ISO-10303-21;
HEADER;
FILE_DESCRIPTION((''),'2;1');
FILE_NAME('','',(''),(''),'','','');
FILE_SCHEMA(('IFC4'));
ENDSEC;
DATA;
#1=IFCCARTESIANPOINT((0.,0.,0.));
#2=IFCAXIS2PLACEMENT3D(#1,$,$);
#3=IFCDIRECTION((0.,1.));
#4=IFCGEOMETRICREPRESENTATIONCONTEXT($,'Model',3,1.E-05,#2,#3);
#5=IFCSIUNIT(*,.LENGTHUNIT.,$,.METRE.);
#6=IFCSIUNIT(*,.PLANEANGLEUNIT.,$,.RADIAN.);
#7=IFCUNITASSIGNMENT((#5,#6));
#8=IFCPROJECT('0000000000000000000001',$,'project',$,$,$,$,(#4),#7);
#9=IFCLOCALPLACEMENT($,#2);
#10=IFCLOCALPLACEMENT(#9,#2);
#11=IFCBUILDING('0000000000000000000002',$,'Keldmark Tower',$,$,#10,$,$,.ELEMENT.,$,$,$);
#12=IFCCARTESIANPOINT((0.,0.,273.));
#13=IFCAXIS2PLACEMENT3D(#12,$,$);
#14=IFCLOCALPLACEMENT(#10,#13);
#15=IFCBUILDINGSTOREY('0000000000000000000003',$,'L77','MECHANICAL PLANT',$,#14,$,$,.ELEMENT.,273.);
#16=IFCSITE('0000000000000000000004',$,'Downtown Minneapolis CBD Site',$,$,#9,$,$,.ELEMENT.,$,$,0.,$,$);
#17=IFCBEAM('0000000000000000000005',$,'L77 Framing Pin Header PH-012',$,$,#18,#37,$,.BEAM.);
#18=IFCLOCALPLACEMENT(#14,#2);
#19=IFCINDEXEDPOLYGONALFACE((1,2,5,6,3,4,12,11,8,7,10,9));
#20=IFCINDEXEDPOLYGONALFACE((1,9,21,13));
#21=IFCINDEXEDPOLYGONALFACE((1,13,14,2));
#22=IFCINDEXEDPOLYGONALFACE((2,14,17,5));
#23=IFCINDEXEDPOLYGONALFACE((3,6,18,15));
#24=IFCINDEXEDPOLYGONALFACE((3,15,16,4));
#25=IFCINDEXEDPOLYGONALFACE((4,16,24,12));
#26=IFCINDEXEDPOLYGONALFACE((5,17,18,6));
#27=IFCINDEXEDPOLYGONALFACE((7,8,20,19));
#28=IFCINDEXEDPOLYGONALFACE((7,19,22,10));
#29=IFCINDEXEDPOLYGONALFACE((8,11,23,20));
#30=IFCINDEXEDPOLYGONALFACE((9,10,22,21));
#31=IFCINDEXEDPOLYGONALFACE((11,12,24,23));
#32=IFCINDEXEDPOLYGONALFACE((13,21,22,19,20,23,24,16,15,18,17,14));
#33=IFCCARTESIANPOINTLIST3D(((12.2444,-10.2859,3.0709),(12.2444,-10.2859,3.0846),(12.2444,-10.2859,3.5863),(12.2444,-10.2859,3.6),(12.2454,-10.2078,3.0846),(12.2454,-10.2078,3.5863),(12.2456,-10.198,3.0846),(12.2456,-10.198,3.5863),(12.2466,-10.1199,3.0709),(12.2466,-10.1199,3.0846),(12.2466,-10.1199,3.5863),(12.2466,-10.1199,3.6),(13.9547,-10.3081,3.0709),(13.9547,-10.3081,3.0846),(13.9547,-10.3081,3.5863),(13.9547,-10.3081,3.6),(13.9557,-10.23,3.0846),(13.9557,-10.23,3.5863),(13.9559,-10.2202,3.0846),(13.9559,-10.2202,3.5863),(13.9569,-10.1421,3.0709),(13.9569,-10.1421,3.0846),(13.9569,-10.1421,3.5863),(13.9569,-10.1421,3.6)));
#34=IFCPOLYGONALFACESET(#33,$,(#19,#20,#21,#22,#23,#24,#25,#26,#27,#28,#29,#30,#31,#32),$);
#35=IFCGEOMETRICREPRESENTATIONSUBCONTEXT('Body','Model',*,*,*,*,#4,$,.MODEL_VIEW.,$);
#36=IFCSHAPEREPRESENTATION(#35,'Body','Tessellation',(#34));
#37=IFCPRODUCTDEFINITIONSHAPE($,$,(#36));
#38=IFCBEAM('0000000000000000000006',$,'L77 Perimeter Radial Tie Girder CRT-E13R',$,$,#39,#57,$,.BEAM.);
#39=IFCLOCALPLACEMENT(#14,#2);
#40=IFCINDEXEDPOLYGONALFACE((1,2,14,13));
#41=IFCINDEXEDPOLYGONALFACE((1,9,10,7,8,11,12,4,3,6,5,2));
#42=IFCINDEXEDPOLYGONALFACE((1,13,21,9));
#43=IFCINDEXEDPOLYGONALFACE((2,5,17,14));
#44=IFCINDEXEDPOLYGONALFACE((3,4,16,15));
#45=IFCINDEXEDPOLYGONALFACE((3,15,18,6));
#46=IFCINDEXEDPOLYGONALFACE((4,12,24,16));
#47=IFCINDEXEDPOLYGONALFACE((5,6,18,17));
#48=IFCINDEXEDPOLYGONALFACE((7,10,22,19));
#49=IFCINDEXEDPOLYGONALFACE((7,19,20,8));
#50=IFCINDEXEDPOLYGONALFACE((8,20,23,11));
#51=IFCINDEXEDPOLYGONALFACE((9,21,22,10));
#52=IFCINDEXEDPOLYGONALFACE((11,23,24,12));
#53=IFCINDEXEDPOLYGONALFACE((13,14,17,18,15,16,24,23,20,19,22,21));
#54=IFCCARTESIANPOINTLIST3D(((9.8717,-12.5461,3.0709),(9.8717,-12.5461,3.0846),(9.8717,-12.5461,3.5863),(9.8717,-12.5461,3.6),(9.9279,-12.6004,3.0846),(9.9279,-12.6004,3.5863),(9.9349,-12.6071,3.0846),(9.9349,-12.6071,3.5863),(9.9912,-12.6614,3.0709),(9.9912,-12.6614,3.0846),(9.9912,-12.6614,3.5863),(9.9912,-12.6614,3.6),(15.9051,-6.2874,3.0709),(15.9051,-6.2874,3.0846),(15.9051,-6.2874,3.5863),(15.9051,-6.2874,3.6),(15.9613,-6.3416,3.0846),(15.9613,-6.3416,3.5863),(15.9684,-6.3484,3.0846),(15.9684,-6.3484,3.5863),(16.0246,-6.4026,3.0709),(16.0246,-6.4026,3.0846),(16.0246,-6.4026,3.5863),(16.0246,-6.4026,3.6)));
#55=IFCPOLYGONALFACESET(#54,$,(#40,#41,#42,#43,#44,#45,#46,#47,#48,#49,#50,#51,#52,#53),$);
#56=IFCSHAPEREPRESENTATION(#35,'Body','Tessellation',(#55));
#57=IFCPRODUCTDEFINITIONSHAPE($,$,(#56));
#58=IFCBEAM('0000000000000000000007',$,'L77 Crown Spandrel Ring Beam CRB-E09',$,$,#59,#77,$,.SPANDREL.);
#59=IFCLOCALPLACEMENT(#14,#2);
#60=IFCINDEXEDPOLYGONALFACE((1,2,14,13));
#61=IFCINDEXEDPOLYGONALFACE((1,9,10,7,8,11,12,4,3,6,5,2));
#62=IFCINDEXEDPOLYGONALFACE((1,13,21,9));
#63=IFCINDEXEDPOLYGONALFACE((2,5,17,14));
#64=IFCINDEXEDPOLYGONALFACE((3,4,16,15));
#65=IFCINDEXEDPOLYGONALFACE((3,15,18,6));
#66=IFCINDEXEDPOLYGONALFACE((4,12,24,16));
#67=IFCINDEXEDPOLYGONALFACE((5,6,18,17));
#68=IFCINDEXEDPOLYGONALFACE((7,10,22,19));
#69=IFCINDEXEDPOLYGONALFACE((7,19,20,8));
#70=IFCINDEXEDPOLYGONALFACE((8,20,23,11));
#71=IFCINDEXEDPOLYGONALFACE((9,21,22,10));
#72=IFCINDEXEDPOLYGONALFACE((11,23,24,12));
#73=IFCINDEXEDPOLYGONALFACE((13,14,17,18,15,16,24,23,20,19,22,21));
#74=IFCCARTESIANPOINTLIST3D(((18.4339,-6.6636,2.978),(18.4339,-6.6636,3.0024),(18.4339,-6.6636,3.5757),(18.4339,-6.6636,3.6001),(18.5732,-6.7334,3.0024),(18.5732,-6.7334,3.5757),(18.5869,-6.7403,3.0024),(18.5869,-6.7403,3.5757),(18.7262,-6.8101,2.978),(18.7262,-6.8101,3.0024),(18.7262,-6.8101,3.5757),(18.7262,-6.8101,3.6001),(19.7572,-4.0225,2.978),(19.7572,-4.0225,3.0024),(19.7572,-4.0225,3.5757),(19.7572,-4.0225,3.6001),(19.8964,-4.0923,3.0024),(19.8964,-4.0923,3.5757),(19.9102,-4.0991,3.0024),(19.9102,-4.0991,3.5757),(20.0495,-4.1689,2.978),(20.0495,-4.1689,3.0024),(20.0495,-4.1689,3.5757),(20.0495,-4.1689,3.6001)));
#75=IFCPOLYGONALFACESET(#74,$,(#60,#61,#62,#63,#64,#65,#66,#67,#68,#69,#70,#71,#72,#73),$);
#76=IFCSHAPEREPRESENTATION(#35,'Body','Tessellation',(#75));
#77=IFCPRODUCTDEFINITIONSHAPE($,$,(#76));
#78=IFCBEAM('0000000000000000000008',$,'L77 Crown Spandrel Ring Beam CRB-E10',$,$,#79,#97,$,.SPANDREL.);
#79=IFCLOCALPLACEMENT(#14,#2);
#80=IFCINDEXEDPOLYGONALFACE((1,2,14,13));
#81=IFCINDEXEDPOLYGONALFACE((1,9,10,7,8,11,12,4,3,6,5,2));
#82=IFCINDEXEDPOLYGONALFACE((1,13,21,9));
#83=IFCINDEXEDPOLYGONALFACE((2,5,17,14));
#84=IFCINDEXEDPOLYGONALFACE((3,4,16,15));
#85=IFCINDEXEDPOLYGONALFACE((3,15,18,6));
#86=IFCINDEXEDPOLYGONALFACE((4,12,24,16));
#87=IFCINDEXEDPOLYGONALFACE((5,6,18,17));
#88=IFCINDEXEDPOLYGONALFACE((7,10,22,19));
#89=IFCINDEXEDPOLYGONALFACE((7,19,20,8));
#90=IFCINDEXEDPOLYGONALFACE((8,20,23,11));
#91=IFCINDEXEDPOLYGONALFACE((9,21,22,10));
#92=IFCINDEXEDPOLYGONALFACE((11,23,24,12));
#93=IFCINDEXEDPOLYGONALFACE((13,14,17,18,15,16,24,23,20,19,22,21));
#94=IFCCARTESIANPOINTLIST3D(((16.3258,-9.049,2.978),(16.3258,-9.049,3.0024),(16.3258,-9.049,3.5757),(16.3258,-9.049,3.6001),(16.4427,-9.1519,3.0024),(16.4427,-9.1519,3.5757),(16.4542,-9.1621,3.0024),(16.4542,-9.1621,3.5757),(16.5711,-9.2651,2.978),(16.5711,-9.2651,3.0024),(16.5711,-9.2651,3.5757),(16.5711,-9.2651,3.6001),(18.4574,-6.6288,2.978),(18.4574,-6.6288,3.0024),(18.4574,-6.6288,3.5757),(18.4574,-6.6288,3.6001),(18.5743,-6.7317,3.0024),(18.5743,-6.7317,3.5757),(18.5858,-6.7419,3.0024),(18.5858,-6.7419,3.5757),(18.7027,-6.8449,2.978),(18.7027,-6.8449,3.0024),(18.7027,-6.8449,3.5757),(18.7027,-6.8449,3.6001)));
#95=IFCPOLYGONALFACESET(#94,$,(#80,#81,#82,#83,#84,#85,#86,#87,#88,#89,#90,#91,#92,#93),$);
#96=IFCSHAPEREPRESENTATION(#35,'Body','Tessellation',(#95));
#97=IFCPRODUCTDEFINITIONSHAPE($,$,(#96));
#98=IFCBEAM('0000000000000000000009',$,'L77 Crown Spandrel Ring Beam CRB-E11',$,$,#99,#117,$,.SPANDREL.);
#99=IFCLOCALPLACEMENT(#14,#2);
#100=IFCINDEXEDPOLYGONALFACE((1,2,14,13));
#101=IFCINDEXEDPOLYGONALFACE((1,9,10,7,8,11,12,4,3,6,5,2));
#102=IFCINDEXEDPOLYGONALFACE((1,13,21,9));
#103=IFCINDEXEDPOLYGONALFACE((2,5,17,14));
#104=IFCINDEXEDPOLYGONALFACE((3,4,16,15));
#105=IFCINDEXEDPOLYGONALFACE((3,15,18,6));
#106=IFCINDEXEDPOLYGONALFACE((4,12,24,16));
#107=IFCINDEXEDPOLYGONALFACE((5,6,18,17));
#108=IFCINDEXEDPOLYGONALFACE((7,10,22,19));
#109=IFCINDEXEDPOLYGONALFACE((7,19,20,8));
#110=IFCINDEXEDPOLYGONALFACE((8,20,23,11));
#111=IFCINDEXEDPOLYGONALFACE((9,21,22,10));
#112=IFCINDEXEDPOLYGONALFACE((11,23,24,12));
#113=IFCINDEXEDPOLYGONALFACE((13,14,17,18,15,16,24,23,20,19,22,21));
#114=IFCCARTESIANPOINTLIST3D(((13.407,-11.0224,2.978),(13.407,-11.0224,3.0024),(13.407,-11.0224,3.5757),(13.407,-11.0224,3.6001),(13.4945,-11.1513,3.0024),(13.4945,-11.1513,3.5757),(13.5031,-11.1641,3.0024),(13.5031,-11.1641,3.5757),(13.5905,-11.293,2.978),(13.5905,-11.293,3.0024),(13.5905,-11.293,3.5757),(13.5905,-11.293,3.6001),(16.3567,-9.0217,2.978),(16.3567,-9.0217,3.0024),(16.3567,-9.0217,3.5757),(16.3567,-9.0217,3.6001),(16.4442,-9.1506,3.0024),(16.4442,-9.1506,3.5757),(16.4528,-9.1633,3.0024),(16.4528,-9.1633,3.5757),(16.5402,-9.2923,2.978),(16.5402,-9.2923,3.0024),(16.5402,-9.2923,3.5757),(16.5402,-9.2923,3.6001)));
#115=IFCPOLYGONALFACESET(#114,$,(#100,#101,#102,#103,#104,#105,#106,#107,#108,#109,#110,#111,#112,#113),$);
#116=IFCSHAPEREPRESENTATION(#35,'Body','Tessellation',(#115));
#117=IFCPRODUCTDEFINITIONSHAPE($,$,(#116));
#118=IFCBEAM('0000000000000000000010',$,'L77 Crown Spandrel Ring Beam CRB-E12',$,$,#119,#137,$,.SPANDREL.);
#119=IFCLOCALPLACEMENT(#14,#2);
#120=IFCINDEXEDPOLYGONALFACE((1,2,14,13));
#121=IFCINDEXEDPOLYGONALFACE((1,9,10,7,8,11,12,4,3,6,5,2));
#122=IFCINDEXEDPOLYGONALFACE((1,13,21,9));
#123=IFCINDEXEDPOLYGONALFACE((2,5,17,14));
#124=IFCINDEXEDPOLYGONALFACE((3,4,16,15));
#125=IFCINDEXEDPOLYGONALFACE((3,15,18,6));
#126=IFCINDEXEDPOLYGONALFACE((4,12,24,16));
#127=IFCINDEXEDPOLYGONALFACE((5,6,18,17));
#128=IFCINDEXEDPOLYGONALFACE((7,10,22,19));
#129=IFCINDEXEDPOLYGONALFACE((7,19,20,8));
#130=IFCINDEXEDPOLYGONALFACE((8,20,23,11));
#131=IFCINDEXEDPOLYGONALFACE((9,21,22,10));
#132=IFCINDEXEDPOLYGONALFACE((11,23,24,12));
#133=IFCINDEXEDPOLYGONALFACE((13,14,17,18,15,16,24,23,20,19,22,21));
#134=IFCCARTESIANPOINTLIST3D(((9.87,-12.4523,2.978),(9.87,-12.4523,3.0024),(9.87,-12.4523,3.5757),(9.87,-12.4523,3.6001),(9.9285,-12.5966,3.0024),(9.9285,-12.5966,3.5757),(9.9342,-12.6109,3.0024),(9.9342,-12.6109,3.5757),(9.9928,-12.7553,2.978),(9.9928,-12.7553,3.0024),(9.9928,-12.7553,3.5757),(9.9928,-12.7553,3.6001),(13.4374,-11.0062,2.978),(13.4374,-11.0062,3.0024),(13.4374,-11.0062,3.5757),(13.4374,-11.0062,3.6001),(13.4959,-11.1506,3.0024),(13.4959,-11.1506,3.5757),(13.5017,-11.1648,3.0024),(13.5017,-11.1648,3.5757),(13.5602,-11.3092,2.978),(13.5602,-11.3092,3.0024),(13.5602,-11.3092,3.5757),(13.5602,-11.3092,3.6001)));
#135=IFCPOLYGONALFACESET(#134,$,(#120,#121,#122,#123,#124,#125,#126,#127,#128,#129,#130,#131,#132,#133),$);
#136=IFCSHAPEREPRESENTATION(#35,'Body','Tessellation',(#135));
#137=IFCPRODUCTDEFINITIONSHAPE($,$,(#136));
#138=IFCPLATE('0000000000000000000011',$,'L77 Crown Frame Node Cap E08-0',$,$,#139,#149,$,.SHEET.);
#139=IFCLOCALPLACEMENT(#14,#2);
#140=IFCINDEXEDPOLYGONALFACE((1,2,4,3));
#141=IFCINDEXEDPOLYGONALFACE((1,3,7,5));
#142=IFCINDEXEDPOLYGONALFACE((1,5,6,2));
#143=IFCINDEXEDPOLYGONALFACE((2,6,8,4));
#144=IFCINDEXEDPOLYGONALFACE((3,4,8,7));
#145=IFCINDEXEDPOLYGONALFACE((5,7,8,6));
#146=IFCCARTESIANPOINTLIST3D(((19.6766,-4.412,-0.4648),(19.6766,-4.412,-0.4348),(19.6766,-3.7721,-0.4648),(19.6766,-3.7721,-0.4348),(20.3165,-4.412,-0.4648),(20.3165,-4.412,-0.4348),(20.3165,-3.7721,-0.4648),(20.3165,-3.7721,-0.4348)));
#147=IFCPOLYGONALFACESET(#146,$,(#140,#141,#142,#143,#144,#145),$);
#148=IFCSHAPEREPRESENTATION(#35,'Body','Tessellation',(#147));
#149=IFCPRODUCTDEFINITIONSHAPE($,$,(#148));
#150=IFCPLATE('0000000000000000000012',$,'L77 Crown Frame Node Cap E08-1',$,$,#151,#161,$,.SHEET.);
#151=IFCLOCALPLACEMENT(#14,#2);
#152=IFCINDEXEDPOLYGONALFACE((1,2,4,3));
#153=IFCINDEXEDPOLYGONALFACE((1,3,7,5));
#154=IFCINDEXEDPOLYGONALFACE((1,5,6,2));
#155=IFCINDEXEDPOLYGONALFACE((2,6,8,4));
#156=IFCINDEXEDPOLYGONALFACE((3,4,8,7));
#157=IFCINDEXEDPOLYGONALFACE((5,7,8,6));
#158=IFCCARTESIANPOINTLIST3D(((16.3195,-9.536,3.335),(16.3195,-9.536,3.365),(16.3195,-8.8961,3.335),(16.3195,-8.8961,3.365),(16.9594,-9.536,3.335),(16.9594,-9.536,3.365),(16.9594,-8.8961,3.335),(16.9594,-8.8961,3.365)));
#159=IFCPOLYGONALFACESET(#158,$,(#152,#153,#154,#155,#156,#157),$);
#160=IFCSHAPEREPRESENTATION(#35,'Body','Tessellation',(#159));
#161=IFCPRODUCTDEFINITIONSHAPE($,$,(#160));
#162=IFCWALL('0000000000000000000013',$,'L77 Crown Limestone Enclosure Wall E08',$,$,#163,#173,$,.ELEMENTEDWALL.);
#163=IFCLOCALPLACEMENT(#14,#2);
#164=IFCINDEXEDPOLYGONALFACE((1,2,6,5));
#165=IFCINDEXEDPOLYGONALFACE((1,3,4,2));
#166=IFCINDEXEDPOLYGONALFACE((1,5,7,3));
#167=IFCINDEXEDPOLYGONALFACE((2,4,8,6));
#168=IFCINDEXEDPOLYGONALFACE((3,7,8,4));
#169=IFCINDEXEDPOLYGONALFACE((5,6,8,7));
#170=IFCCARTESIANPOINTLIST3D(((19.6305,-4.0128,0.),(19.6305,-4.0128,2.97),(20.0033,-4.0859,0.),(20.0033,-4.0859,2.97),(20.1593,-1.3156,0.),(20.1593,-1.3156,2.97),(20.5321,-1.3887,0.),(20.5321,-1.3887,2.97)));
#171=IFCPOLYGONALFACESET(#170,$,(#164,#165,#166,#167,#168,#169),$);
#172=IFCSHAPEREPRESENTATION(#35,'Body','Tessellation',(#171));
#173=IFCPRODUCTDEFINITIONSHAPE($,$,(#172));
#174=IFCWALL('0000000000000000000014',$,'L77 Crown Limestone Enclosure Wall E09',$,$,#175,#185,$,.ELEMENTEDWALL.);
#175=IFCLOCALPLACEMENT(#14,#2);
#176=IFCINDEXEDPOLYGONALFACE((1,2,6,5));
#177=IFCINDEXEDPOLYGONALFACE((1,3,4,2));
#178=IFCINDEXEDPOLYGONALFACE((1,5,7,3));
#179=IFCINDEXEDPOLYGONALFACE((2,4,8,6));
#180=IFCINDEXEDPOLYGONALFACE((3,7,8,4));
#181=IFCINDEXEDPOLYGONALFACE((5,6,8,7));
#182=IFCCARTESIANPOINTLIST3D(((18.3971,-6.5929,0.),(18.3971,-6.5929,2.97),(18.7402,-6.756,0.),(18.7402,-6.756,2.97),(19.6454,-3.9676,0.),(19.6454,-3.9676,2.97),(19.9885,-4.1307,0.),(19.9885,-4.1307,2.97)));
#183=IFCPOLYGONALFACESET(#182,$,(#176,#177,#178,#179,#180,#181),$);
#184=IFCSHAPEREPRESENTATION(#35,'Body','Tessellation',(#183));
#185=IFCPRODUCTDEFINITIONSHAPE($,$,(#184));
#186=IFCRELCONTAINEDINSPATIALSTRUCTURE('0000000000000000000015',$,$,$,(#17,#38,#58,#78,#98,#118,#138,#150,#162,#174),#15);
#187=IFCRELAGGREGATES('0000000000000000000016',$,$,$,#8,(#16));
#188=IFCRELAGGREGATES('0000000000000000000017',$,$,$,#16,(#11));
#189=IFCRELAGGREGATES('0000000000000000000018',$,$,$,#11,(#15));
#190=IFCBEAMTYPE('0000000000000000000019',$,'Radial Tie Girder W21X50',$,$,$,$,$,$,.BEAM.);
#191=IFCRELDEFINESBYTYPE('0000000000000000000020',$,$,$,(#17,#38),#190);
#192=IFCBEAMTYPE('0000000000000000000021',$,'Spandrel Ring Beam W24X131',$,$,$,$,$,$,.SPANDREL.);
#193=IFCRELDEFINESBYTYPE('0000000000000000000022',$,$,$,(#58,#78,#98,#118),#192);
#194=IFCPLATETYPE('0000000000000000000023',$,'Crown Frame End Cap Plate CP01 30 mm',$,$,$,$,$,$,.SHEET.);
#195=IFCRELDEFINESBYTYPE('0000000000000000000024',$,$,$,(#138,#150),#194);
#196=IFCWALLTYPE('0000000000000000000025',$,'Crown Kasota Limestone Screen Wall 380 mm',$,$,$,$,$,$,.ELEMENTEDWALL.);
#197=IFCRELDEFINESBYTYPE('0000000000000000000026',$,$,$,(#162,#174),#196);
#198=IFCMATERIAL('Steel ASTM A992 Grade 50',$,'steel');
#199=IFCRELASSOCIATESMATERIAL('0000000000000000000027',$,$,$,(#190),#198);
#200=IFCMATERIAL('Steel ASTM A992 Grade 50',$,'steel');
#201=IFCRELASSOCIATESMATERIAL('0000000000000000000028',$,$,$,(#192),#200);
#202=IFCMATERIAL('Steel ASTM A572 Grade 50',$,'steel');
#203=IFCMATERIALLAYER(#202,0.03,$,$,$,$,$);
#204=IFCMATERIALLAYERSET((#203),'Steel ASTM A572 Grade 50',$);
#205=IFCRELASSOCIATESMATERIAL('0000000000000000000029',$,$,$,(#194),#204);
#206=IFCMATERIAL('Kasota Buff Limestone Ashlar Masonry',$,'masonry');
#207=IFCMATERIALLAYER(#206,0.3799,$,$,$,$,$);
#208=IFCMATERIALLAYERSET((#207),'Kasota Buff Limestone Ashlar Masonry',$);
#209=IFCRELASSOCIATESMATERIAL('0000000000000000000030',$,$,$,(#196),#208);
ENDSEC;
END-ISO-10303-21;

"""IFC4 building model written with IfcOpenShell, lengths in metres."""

from ifc_helpers import new_model, si_unit, direction, frame, frame_2d, origin, origin_2d, place, context, subcontext, project, spatial, rectangle, i_section, extrude, material, layer, layer_set, material_profile, profile_set, type_object, element, save


model = new_model("IFC4")

# Units and contexts
model_context = context("Model", 3, precision=1e-05, world=origin(), true_north=direction((0.0, 1.0)))
body_context = subcontext(model_context, "Body", "Model", "MODEL_VIEW")
ifc_project = project(units=[si_unit("LENGTHUNIT", "METRE"), si_unit("PLANEANGLEUNIT", "RADIAN")], contexts=[model_context])

# Site, building, storey
site_placement = place(None, origin())
site = spatial("IfcSite", under=ifc_project, at=site_placement, Name="Downtown Minneapolis CBD Site", CompositionType="ELEMENT", RefElevation=0.0)
building_placement = place(site_placement, origin())
building = spatial("IfcBuilding", under=site, at=building_placement, Name="Keldmark Tower", CompositionType="ELEMENT")
storey_placement = place(building_placement, frame((0.0, 0.0, 273.0)))
storey = spatial("IfcBuildingStorey", under=building, at=storey_placement, Name="L77", Description="MECHANICAL PLANT", CompositionType="ELEMENT", Elevation=273.0)

# Beams
ifc_material_1 = material(Name="Steel ASTM A992 Grade 50", Category="steel")
ifc_material_profile_1 = material_profile(ifc_material_1, i_section(OverallWidth=0.166, OverallDepth=0.5291, WebThickness=0.0098, FlangeThickness=0.0137, at=origin_2d()), Name="W21X50")
ifc_profile_set_1 = profile_set([ifc_material_profile_1], Name="Steel ASTM A992 Grade 50")
beam_type_1 = type_object("IfcBeamType", Name="Radial Tie Girder W21X50", PredefinedType="BEAM", material=ifc_profile_set_1)
beam_1_placement = place(storey_placement, frame((13.9558, -10.2251, 3.3354), z_axis=(-0.999916, 0.01299, 0.0), x_axis=(-0.01299, -0.999916, 0.0)))
element("IfcBeam", 1, at=beam_1_placement, inside=storey, type_object=beam_type_1, Name="L77 Framing Pin Header PH-012", PredefinedType="BEAM", context=body_context, shape_type="SweptSolid", body=[
    extrude(i_section(OverallWidth=0.166, OverallDepth=0.5291, WebThickness=0.0098, FlangeThickness=0.0137, at=origin_2d()), origin(), (0.0, 0.0, 1.0), 1.7104),
])
beam_2_placement = place(storey_placement, frame((15.9648, -6.345, 3.3354), z_axis=(-0.694027, -0.719949, 0.0), x_axis=(0.719949, -0.694027, 0.0)))
element("IfcBeam", 2, at=beam_2_placement, inside=storey, type_object=beam_type_1, Name="L77 Perimeter Radial Tie Girder CRT-E13R", PredefinedType="BEAM", context=body_context, shape_type="SweptSolid", body=[
    extrude(i_section(OverallWidth=0.166, OverallDepth=0.5291, WebThickness=0.0098, FlangeThickness=0.0137, at=origin_2d()), origin(), (0.0, 0.0, 1.0), 8.6934),
])
ifc_material_2 = material(Name="Steel ASTM A992 Grade 50", Category="steel")
ifc_material_profile_2 = material_profile(ifc_material_2, i_section(OverallWidth=0.3269, OverallDepth=0.6221, WebThickness=0.0154, FlangeThickness=0.0244, at=origin_2d()), Name="W24X131")
ifc_profile_set_2 = profile_set([ifc_material_profile_2], Name="Steel ASTM A992 Grade 50")
beam_type_2 = type_object("IfcBeamType", Name="Spandrel Ring Beam W24X131", PredefinedType="SPANDREL", material=ifc_profile_set_2)
beam_3_placement = place(storey_placement, frame((19.9033, -4.0957, 3.2891), z_axis=(-0.447941, -0.894063, 0.0), x_axis=(0.894063, -0.447941, 0.0)))
element("IfcBeam", 3, at=beam_3_placement, inside=storey, type_object=beam_type_2, Name="L77 Crown Spandrel Ring Beam CRB-E09", PredefinedType="SPANDREL", context=body_context, shape_type="SweptSolid", body=[
    extrude(i_section(OverallWidth=0.3269, OverallDepth=0.6221, WebThickness=0.0154, FlangeThickness=0.0244, at=origin_2d()), origin(), (0.0, 0.0, 1.0), 2.9541),
])
beam_4_placement = place(storey_placement, frame((18.5801, -6.7368, 3.2891), z_axis=(-0.66095, -0.75043, 0.0), x_axis=(0.75043, -0.66095, 0.0)))
element("IfcBeam", 4, at=beam_4_placement, inside=storey, type_object=beam_type_2, Name="L77 Crown Spandrel Ring Beam CRB-E10", PredefinedType="SPANDREL", context=body_context, shape_type="SweptSolid", body=[
    extrude(i_section(OverallWidth=0.3269, OverallDepth=0.6221, WebThickness=0.0154, FlangeThickness=0.0244, at=origin_2d()), origin(), (0.0, 0.0, 1.0), 3.2251),
])
beam_5_placement = place(storey_placement, frame((16.4485, -9.157, 3.2891), z_axis=(-0.827587, -0.561337, 0.0), x_axis=(0.561337, -0.827587, 0.0)))
element("IfcBeam", 5, at=beam_5_placement, inside=storey, type_object=beam_type_2, Name="L77 Crown Spandrel Ring Beam CRB-E11", PredefinedType="SPANDREL", context=body_context, shape_type="SweptSolid", body=[
    extrude(i_section(OverallWidth=0.3269, OverallDepth=0.6221, WebThickness=0.0154, FlangeThickness=0.0244, at=origin_2d()), origin(), (0.0, 0.0, 1.0), 3.5642),
])
beam_6_placement = place(storey_placement, frame((13.4988, -11.1577, 3.2891), z_axis=(-0.926757, -0.375662, 0.0), x_axis=(0.375662, -0.926757, 0.0)))
element("IfcBeam", 6, at=beam_6_placement, inside=storey, type_object=beam_type_2, Name="L77 Crown Spandrel Ring Beam CRB-E12", PredefinedType="SPANDREL", context=body_context, shape_type="SweptSolid", body=[
    extrude(i_section(OverallWidth=0.3269, OverallDepth=0.6221, WebThickness=0.0154, FlangeThickness=0.0244, at=origin_2d()), origin(), (0.0, 0.0, 1.0), 3.8494),
])

# Plates
ifc_material_3 = material(Name="Steel ASTM A572 Grade 50", Category="steel")
ifc_layer_1 = layer(ifc_material_3, 0.03)
ifc_layer_set_1 = layer_set([ifc_layer_1], Name="Steel ASTM A572 Grade 50")
plate_type = type_object("IfcPlateType", Name="Crown Frame End Cap Plate CP01 30 mm", PredefinedType="SHEET", material=ifc_layer_set_1)
for number, where, z_axis, x_axis, name in (
    (7, (19.9966, -4.092, -0.4648), (0.0, 0.0, 1.0), (1.0, 0.0, 0.0), "L77 Crown Frame Node Cap E08-0"),
    (8, (16.6394, -9.2161, 3.335), (0.0, 0.0, 1.0), (1.0, 0.0, 0.0), "L77 Crown Frame Node Cap E08-1"),
):
    element("IfcPlate", number, at=place(storey_placement, frame(where, z_axis=z_axis, x_axis=x_axis)), inside=storey, type_object=plate_type, Name=name, PredefinedType="SHEET", context=body_context, shape_type="SweptSolid", body=[
        extrude(rectangle(XDim=0.6399, YDim=0.6399, at=origin_2d()), origin(), (0.0, 0.0, 1.0), 0.03),
    ])

# Walls
ifc_material_4 = material(Name="Kasota Buff Limestone Ashlar Masonry", Category="masonry")
ifc_layer_2 = layer(ifc_material_4, 0.3799)
ifc_layer_set_2 = layer_set([ifc_layer_2], Name="Kasota Buff Limestone Ashlar Masonry")
wall_type_1 = type_object("IfcWallType", Name="Crown Kasota Limestone Screen Wall 380 mm", PredefinedType="ELEMENTEDWALL", material=ifc_layer_set_2)
wall_1_placement = place(storey_placement, frame((19.8169, -4.0493, 0.0), z_axis=(0.0, 0.0, 1.0), x_axis=(0.192391, 0.981318, 0.0)))
element("IfcWall", 9, at=wall_1_placement, inside=storey, type_object=wall_type_1, Name="L77 Crown Limestone Enclosure Wall E08", PredefinedType="ELEMENTEDWALL", context=body_context, shape_type="SweptSolid", body=[
    extrude(rectangle(XDim=2.7485, YDim=0.3799, at=frame_2d((1.3743, 0.0))), origin(), (0.0, 0.0, 1.0), 2.97),
])
wall_2_placement = place(storey_placement, frame((18.5686, -6.6746, 0.0), z_axis=(0.0, 0.0, 1.0), x_axis=(0.429422, 0.903104, 0.0)))
element("IfcWall", 10, at=wall_2_placement, inside=storey, type_object=wall_type_1, Name="L77 Crown Limestone Enclosure Wall E09", PredefinedType="ELEMENTEDWALL", context=body_context, shape_type="SweptSolid", body=[
    extrude(rectangle(XDim=2.907, YDim=0.3799, at=frame_2d((1.4536, 0.0))), origin(), (0.0, 0.0, 1.0), 2.97),
])

save(model, "model.ifc")
